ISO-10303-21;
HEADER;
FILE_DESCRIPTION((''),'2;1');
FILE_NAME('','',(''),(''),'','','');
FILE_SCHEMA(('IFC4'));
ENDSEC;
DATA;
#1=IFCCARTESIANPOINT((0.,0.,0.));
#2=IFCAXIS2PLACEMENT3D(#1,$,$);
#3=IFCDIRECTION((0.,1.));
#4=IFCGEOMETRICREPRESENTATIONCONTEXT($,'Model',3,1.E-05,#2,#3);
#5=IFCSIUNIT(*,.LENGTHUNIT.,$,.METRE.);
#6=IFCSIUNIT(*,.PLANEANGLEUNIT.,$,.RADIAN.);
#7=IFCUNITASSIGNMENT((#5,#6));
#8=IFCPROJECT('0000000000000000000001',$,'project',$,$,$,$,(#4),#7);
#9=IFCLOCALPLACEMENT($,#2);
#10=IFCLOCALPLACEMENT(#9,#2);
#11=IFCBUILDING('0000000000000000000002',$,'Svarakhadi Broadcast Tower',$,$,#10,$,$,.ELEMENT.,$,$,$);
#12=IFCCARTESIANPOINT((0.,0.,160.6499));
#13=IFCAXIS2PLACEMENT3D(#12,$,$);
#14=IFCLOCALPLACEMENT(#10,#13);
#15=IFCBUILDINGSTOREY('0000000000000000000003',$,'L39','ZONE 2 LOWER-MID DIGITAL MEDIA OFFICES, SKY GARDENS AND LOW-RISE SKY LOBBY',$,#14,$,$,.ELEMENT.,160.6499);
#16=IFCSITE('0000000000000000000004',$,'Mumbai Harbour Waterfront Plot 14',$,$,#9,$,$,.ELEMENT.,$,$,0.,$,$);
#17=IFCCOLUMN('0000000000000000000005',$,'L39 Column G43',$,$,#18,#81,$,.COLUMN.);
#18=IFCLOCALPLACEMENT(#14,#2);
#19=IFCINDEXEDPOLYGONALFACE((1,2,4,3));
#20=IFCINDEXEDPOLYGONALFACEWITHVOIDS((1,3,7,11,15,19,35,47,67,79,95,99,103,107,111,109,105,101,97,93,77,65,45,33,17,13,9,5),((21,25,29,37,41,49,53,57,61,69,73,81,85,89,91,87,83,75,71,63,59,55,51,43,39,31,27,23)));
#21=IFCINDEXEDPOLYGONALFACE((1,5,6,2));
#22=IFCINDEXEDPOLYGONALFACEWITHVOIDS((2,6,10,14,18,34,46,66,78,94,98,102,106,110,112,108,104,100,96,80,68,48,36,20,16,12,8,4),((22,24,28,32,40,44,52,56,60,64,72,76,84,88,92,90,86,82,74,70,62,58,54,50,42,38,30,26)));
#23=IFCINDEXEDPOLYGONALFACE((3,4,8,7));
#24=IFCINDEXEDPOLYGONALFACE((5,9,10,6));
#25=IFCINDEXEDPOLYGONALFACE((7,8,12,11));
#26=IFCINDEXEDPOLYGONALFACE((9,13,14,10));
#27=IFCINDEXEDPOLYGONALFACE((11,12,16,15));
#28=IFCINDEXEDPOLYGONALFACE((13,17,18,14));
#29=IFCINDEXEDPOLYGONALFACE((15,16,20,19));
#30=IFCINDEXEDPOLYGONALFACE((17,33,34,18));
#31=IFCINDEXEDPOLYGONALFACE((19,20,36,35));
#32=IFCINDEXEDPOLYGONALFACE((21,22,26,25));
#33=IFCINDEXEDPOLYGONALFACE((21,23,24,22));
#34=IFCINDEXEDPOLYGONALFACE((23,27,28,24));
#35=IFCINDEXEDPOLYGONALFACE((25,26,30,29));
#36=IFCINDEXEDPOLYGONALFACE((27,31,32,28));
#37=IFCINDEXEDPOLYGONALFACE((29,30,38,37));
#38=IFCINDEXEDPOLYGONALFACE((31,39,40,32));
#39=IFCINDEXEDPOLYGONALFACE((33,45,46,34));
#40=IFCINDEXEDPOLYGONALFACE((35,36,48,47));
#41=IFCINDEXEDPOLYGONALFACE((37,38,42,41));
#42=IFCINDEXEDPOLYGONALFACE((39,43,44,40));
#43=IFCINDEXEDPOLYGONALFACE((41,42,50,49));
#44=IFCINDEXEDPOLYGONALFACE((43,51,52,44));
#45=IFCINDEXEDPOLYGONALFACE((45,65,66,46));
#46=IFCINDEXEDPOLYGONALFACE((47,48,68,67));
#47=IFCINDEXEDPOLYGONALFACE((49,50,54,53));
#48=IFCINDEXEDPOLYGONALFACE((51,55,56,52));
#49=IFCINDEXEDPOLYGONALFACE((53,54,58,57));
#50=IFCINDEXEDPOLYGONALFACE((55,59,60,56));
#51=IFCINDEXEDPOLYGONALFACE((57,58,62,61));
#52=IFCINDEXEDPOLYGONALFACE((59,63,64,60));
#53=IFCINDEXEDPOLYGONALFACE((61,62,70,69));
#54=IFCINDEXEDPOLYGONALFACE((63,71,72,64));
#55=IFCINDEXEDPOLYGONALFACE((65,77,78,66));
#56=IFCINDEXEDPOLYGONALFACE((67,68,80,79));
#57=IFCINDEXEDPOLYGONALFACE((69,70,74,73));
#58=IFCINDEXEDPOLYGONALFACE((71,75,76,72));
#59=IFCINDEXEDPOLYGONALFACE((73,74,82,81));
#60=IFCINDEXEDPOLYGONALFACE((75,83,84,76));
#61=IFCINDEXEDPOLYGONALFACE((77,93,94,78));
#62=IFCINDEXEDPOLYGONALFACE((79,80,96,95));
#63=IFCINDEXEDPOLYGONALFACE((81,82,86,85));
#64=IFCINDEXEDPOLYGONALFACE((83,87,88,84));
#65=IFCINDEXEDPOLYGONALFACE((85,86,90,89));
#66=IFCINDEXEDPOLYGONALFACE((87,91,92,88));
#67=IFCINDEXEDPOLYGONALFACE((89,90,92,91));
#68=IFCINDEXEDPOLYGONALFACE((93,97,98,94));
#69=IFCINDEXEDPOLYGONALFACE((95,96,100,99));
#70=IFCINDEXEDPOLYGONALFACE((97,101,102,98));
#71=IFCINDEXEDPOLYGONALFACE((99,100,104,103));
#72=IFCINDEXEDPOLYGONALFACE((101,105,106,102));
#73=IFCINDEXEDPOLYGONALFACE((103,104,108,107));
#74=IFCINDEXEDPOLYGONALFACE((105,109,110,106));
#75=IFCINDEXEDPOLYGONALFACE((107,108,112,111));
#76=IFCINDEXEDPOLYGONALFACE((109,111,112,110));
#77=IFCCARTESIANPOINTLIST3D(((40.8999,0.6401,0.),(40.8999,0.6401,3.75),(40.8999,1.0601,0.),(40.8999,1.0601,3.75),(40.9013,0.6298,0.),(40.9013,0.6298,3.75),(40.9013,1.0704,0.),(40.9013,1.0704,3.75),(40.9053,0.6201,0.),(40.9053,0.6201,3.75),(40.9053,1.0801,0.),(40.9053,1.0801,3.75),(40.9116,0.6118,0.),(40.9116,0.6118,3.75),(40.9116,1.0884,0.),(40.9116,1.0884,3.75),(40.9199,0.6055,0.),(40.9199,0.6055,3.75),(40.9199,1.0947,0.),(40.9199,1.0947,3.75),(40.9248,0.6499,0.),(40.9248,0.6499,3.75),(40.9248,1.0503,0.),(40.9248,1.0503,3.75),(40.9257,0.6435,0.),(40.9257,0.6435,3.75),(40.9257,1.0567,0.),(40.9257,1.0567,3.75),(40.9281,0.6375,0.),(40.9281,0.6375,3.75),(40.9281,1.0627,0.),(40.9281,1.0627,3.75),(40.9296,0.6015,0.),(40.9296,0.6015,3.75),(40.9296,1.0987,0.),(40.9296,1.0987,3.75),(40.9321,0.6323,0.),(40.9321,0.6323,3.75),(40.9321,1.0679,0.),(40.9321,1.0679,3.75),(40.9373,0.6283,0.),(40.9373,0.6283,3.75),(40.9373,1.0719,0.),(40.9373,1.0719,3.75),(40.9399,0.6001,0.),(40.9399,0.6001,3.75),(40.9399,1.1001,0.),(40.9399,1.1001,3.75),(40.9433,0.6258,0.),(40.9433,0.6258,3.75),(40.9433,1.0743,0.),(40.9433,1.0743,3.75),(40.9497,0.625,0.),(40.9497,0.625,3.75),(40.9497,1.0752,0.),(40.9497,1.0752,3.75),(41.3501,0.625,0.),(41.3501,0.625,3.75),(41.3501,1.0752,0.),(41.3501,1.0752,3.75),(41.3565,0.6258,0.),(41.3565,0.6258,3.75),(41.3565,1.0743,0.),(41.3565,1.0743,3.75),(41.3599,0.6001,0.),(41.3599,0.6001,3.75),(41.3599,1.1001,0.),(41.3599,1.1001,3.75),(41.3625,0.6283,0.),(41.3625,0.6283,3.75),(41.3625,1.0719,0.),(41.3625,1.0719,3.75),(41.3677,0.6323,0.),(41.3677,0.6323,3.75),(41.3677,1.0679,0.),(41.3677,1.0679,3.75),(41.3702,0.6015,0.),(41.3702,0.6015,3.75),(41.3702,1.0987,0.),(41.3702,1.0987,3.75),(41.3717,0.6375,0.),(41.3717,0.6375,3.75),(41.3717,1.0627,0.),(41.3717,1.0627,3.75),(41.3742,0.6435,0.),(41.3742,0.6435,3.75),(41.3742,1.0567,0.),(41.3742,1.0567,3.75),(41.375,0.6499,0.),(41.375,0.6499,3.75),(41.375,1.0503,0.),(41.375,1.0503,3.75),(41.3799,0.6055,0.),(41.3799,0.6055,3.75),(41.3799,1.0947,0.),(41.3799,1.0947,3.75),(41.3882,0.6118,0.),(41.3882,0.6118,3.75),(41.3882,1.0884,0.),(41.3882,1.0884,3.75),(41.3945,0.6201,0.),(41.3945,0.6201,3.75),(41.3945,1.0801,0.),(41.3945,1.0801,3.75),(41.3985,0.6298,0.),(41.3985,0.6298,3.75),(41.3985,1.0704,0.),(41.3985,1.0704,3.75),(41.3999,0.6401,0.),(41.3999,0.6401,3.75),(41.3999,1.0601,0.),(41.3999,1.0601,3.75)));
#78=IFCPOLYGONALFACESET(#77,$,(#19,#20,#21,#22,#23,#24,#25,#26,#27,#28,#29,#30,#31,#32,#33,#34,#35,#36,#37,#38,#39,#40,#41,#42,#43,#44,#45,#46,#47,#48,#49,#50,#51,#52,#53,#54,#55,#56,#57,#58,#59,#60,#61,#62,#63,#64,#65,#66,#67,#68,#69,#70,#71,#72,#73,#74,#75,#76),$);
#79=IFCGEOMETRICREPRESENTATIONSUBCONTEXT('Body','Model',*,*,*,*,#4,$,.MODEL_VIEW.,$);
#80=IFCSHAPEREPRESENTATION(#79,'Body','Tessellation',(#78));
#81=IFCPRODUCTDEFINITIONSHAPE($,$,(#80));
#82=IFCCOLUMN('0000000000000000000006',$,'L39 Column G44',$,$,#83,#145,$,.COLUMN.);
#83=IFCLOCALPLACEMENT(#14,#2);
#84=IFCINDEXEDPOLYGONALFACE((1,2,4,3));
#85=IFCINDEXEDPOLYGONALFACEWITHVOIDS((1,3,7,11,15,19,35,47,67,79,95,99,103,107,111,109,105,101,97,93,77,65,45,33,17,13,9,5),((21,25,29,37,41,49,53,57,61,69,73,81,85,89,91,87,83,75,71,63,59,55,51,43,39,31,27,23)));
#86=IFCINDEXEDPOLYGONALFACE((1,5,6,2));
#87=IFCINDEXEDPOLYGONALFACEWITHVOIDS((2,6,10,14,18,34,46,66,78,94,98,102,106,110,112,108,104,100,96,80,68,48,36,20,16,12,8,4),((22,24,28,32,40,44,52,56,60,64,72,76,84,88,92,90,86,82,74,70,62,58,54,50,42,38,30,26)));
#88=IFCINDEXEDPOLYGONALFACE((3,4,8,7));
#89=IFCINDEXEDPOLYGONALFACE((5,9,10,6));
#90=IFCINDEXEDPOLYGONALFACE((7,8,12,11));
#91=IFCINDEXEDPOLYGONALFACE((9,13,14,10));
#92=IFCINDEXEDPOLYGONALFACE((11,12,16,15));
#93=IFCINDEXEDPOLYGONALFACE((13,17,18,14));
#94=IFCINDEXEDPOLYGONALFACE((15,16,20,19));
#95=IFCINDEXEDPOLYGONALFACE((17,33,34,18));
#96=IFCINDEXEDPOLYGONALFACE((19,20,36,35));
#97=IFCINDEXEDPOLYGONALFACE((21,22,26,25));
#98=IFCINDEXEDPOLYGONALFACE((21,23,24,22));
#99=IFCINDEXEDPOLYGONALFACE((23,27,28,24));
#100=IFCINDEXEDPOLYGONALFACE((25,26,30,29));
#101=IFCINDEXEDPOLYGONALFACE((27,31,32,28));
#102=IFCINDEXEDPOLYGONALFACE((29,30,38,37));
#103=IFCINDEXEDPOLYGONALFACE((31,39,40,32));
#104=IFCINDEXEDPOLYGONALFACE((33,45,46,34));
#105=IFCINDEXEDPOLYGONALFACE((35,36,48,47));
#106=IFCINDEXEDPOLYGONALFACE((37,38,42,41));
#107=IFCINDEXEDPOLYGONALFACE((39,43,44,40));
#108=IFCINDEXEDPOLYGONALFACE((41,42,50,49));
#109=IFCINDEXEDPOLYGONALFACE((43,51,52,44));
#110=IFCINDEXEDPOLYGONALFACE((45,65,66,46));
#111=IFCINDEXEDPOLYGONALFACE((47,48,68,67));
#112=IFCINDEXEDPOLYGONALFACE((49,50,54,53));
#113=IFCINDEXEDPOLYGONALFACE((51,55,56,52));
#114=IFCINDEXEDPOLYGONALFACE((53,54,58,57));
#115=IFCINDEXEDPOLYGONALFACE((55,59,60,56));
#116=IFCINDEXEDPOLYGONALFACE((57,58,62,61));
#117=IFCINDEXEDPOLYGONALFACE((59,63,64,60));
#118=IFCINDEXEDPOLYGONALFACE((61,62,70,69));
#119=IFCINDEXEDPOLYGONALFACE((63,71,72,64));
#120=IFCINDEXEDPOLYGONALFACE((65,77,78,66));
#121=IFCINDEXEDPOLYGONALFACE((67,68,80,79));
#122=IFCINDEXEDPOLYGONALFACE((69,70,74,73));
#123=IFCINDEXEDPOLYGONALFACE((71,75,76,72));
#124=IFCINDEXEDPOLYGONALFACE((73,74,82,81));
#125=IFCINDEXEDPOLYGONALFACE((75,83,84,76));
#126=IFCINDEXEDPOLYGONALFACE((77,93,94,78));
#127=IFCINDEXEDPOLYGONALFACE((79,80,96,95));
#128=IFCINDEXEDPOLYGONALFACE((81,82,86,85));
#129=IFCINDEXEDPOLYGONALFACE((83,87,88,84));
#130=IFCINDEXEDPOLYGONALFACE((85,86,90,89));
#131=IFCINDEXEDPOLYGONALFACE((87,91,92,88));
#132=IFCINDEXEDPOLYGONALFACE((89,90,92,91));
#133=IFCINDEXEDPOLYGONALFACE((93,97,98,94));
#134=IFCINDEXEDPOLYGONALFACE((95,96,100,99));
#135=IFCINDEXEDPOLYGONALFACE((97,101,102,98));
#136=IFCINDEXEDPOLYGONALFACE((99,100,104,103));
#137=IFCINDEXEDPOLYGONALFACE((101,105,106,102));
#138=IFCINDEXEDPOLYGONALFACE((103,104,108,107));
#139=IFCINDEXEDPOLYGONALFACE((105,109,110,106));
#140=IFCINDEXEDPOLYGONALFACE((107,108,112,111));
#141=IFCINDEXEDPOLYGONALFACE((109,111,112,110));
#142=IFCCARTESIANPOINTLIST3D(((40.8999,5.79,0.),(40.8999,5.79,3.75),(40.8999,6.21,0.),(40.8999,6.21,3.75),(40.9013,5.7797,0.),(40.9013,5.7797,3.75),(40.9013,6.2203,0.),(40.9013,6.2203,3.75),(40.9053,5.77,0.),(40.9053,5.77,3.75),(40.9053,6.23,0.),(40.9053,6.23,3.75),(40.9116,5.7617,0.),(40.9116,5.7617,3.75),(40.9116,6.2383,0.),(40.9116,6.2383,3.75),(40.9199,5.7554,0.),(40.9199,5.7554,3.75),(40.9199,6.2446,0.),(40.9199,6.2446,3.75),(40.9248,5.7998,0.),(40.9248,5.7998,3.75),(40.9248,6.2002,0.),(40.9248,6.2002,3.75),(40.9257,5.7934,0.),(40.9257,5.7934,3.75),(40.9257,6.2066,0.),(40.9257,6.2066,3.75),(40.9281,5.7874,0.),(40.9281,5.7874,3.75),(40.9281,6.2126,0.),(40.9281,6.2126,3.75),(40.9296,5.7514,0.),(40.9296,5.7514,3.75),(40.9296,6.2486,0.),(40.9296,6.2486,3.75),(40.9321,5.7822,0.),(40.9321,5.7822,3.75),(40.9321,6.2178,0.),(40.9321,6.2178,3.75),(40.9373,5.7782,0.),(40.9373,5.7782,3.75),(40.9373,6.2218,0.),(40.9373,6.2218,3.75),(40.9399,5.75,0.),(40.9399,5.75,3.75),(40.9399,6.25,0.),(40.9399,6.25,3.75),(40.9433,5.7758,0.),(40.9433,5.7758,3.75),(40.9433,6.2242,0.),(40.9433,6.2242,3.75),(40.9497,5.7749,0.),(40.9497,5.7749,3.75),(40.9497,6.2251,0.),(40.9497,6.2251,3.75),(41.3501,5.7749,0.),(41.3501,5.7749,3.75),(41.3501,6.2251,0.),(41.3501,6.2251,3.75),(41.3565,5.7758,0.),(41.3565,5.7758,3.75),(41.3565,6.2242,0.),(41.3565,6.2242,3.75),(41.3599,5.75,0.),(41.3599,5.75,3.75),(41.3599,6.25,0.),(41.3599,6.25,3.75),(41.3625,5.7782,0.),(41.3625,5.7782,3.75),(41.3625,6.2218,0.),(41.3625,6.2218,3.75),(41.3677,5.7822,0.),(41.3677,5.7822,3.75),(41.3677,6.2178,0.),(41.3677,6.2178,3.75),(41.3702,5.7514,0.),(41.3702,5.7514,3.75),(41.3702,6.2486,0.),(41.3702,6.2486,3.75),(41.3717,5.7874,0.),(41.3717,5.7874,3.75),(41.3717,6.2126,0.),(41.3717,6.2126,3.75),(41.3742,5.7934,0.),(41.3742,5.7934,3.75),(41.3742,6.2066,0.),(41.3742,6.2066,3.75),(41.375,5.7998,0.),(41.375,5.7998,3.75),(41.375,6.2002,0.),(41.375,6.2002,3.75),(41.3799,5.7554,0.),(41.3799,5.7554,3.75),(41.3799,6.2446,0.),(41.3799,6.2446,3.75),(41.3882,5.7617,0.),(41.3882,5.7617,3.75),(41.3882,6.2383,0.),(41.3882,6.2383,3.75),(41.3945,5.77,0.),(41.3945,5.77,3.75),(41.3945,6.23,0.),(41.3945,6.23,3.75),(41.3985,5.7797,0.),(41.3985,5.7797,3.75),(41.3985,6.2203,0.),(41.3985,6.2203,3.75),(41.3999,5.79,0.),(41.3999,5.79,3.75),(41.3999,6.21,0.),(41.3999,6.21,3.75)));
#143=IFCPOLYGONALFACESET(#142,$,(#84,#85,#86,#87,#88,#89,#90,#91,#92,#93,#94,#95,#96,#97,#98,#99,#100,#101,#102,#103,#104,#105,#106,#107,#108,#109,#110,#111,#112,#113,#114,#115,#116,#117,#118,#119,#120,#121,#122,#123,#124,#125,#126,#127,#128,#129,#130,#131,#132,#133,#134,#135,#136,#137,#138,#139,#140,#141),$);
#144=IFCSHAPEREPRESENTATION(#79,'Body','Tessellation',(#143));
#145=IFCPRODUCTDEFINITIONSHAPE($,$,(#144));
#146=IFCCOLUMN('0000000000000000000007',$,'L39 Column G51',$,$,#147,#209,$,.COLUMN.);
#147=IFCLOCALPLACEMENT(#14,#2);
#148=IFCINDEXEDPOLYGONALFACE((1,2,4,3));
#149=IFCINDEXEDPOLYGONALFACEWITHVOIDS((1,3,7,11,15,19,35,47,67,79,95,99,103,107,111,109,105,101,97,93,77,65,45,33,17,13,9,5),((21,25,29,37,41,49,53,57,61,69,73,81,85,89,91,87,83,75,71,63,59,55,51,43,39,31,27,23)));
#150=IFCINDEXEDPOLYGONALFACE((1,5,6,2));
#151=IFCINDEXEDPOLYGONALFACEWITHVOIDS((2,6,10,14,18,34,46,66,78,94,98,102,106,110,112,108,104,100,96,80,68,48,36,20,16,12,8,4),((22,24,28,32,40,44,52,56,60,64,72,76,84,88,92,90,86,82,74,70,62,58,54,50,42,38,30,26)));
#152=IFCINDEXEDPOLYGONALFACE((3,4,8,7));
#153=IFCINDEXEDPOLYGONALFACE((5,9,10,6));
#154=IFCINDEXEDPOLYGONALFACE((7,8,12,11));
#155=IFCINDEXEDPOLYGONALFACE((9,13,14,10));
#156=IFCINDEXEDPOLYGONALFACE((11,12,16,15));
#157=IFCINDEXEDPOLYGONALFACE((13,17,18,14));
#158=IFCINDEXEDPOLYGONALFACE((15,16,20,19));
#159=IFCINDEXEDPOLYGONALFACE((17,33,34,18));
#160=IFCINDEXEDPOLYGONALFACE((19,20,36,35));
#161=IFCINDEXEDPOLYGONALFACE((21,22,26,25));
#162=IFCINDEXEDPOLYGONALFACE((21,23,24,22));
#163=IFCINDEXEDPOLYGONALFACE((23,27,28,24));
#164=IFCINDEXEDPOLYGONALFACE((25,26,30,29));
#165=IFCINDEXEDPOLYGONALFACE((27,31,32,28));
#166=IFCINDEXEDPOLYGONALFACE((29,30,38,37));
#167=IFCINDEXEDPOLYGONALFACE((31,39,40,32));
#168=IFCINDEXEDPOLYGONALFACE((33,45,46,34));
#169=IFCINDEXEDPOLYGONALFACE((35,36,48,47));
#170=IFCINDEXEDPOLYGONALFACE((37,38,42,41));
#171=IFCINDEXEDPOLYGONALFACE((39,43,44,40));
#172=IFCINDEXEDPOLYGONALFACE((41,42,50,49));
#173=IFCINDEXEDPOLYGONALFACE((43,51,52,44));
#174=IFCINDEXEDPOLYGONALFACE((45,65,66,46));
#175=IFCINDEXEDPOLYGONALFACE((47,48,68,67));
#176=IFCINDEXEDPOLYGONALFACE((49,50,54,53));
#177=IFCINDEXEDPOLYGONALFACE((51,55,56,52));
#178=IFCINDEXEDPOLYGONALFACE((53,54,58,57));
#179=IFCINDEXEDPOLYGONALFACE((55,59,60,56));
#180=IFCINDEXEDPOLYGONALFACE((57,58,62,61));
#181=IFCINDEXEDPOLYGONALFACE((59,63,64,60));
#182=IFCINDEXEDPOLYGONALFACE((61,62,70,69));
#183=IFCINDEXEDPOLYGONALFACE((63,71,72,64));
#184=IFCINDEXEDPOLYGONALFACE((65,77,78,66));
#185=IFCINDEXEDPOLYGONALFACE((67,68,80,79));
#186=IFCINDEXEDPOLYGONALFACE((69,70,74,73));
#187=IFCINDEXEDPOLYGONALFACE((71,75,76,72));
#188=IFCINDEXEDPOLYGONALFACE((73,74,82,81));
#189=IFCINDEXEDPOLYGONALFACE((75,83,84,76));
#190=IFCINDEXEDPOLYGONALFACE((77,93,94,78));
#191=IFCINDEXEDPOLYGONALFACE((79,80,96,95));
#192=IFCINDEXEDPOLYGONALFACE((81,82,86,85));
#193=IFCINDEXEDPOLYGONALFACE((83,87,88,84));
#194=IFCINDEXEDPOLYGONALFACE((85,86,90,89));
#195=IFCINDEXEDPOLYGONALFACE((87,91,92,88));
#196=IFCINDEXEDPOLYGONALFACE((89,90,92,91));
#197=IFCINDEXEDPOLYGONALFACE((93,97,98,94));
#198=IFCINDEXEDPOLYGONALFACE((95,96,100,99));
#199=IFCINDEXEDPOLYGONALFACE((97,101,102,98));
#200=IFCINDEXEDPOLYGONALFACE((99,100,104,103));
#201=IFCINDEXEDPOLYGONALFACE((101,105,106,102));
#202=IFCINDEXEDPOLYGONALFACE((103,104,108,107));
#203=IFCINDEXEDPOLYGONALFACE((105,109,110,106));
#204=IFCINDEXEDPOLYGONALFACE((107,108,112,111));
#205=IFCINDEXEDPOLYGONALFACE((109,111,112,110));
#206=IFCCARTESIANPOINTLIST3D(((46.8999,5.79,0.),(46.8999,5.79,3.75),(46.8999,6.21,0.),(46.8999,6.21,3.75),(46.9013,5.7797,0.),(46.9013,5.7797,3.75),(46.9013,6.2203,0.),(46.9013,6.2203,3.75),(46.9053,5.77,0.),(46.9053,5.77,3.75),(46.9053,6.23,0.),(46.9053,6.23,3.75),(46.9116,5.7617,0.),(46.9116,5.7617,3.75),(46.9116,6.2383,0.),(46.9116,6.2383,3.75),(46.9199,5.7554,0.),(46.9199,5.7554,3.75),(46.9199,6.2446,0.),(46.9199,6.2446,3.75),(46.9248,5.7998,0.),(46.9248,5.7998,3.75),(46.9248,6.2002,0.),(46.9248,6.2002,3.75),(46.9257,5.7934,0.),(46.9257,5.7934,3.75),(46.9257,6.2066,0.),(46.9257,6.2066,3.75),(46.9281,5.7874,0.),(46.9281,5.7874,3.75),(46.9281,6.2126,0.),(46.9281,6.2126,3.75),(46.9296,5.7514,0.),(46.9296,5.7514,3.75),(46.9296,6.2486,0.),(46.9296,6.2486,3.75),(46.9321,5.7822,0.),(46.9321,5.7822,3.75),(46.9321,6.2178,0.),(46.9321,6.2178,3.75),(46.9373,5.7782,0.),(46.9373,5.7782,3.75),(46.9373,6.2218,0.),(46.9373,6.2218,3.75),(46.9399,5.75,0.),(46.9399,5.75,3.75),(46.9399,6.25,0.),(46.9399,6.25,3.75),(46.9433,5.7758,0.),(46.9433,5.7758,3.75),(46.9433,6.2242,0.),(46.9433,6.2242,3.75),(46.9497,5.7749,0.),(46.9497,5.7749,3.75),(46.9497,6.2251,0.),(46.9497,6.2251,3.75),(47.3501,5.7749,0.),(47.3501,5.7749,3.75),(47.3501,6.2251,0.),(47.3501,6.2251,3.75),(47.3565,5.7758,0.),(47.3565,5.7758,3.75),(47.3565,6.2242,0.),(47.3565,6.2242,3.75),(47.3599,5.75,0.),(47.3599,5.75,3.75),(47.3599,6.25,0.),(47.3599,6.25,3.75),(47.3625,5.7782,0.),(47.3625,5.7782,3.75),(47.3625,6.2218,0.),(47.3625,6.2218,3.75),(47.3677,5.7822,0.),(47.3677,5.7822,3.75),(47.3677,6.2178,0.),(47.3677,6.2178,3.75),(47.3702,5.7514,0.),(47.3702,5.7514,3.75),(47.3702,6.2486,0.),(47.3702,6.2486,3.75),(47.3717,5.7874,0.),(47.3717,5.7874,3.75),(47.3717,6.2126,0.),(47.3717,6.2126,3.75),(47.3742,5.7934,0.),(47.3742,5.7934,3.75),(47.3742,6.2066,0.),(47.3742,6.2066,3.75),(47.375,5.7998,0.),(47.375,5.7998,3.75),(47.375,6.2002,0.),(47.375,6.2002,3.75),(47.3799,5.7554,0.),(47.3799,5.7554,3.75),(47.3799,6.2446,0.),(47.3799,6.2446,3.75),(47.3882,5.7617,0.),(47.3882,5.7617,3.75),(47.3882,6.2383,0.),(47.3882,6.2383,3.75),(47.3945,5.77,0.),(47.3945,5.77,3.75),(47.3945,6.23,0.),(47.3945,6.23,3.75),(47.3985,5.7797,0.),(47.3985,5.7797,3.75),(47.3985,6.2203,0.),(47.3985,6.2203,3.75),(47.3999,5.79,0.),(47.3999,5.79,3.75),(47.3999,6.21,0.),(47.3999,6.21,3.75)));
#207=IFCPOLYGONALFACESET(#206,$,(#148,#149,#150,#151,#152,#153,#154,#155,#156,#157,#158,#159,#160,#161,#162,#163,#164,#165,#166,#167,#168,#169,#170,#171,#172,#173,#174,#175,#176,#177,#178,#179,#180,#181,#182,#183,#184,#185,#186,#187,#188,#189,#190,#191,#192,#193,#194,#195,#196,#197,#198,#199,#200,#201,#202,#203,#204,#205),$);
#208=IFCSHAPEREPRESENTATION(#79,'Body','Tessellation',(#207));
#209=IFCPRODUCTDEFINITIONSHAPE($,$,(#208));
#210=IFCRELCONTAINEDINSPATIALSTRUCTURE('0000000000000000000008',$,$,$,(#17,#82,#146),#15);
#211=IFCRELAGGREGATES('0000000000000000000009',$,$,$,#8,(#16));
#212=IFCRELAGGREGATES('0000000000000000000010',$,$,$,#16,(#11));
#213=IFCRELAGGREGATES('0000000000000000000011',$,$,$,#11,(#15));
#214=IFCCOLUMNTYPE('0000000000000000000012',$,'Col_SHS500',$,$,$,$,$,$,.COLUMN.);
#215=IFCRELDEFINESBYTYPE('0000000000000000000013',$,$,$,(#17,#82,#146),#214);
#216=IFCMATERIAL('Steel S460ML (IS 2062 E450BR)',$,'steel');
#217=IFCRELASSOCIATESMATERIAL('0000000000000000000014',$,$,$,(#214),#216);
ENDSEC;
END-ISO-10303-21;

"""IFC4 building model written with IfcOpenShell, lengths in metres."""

from ifc_helpers import new_model, si_unit, direction, frame, origin, origin_2d, place, context, subcontext, project, spatial, hollow_rectangle, extrude, material, material_profile, profile_set, type_object, element, save


model = new_model("IFC4")

# Units and contexts
model_context = context("Model", 3, precision=1e-05, world=origin(), true_north=direction((0.0, 1.0)))
body_context = subcontext(model_context, "Body", "Model", "MODEL_VIEW")
ifc_project = project(units=[si_unit("LENGTHUNIT", "METRE"), si_unit("PLANEANGLEUNIT", "RADIAN")], contexts=[model_context])

# Site, building, storey
site_placement = place(None, origin())
site = spatial("IfcSite", under=ifc_project, at=site_placement, Name="Mumbai Harbour Waterfront Plot 14", CompositionType="ELEMENT", RefElevation=0.0)
building_placement = place(site_placement, origin())
building = spatial("IfcBuilding", under=site, at=building_placement, Name="Svarakhadi Broadcast Tower", CompositionType="ELEMENT")
storey_placement = place(building_placement, frame((0.0, 0.0, 160.6499)))
storey = spatial("IfcBuildingStorey", under=building, at=storey_placement, Name="L39", Description="ZONE 2 LOWER-MID DIGITAL MEDIA OFFICES, SKY GARDENS AND LOW-RISE SKY LOBBY", CompositionType="ELEMENT", Elevation=160.6499)

# Columns
ifc_material_1 = material(Name="Steel S460ML (IS 2062 E450BR)", Category="steel")
ifc_material_profile_1 = material_profile(ifc_material_1, hollow_rectangle(XDim=0.5, YDim=0.5, WallThickness=0.0249, InnerFilletRadius=0.0249, OuterFilletRadius=0.04, at=origin_2d()), Name="SHS 500x500x25")
ifc_profile_set_1 = profile_set([ifc_material_profile_1], Name="Steel S460ML (IS 2062 E450BR)")
column_type = type_object("IfcColumnType", Name="Col_SHS500", PredefinedType="COLUMN", material=ifc_profile_set_1)
for number, where, z_axis, x_axis, name in (
    (1, (41.1499, 0.8501, 0.0), (0.0, 0.0, 1.0), (1.0, 0.0, 0.0), "L39 Column G43"),
    (2, (41.1499, 6.0, 0.0), (0.0, 0.0, 1.0), (1.0, 0.0, 0.0), "L39 Column G44"),
    (3, (47.1499, 6.0, 0.0), (0.0, 0.0, 1.0), (1.0, 0.0, 0.0), "L39 Column G51"),
):
    element("IfcColumn", number, at=place(storey_placement, frame(where, z_axis=z_axis, x_axis=x_axis)), inside=storey, type_object=column_type, Name=name, PredefinedType="COLUMN", context=body_context, shape_type="SweptSolid", body=[
        extrude(hollow_rectangle(XDim=0.5, YDim=0.5, WallThickness=0.0249, InnerFilletRadius=0.0249, OuterFilletRadius=0.04, at=origin_2d()), origin(), (0.0, 0.0, 1.0), 3.75),
    ])

save(model, "model.ifc")
